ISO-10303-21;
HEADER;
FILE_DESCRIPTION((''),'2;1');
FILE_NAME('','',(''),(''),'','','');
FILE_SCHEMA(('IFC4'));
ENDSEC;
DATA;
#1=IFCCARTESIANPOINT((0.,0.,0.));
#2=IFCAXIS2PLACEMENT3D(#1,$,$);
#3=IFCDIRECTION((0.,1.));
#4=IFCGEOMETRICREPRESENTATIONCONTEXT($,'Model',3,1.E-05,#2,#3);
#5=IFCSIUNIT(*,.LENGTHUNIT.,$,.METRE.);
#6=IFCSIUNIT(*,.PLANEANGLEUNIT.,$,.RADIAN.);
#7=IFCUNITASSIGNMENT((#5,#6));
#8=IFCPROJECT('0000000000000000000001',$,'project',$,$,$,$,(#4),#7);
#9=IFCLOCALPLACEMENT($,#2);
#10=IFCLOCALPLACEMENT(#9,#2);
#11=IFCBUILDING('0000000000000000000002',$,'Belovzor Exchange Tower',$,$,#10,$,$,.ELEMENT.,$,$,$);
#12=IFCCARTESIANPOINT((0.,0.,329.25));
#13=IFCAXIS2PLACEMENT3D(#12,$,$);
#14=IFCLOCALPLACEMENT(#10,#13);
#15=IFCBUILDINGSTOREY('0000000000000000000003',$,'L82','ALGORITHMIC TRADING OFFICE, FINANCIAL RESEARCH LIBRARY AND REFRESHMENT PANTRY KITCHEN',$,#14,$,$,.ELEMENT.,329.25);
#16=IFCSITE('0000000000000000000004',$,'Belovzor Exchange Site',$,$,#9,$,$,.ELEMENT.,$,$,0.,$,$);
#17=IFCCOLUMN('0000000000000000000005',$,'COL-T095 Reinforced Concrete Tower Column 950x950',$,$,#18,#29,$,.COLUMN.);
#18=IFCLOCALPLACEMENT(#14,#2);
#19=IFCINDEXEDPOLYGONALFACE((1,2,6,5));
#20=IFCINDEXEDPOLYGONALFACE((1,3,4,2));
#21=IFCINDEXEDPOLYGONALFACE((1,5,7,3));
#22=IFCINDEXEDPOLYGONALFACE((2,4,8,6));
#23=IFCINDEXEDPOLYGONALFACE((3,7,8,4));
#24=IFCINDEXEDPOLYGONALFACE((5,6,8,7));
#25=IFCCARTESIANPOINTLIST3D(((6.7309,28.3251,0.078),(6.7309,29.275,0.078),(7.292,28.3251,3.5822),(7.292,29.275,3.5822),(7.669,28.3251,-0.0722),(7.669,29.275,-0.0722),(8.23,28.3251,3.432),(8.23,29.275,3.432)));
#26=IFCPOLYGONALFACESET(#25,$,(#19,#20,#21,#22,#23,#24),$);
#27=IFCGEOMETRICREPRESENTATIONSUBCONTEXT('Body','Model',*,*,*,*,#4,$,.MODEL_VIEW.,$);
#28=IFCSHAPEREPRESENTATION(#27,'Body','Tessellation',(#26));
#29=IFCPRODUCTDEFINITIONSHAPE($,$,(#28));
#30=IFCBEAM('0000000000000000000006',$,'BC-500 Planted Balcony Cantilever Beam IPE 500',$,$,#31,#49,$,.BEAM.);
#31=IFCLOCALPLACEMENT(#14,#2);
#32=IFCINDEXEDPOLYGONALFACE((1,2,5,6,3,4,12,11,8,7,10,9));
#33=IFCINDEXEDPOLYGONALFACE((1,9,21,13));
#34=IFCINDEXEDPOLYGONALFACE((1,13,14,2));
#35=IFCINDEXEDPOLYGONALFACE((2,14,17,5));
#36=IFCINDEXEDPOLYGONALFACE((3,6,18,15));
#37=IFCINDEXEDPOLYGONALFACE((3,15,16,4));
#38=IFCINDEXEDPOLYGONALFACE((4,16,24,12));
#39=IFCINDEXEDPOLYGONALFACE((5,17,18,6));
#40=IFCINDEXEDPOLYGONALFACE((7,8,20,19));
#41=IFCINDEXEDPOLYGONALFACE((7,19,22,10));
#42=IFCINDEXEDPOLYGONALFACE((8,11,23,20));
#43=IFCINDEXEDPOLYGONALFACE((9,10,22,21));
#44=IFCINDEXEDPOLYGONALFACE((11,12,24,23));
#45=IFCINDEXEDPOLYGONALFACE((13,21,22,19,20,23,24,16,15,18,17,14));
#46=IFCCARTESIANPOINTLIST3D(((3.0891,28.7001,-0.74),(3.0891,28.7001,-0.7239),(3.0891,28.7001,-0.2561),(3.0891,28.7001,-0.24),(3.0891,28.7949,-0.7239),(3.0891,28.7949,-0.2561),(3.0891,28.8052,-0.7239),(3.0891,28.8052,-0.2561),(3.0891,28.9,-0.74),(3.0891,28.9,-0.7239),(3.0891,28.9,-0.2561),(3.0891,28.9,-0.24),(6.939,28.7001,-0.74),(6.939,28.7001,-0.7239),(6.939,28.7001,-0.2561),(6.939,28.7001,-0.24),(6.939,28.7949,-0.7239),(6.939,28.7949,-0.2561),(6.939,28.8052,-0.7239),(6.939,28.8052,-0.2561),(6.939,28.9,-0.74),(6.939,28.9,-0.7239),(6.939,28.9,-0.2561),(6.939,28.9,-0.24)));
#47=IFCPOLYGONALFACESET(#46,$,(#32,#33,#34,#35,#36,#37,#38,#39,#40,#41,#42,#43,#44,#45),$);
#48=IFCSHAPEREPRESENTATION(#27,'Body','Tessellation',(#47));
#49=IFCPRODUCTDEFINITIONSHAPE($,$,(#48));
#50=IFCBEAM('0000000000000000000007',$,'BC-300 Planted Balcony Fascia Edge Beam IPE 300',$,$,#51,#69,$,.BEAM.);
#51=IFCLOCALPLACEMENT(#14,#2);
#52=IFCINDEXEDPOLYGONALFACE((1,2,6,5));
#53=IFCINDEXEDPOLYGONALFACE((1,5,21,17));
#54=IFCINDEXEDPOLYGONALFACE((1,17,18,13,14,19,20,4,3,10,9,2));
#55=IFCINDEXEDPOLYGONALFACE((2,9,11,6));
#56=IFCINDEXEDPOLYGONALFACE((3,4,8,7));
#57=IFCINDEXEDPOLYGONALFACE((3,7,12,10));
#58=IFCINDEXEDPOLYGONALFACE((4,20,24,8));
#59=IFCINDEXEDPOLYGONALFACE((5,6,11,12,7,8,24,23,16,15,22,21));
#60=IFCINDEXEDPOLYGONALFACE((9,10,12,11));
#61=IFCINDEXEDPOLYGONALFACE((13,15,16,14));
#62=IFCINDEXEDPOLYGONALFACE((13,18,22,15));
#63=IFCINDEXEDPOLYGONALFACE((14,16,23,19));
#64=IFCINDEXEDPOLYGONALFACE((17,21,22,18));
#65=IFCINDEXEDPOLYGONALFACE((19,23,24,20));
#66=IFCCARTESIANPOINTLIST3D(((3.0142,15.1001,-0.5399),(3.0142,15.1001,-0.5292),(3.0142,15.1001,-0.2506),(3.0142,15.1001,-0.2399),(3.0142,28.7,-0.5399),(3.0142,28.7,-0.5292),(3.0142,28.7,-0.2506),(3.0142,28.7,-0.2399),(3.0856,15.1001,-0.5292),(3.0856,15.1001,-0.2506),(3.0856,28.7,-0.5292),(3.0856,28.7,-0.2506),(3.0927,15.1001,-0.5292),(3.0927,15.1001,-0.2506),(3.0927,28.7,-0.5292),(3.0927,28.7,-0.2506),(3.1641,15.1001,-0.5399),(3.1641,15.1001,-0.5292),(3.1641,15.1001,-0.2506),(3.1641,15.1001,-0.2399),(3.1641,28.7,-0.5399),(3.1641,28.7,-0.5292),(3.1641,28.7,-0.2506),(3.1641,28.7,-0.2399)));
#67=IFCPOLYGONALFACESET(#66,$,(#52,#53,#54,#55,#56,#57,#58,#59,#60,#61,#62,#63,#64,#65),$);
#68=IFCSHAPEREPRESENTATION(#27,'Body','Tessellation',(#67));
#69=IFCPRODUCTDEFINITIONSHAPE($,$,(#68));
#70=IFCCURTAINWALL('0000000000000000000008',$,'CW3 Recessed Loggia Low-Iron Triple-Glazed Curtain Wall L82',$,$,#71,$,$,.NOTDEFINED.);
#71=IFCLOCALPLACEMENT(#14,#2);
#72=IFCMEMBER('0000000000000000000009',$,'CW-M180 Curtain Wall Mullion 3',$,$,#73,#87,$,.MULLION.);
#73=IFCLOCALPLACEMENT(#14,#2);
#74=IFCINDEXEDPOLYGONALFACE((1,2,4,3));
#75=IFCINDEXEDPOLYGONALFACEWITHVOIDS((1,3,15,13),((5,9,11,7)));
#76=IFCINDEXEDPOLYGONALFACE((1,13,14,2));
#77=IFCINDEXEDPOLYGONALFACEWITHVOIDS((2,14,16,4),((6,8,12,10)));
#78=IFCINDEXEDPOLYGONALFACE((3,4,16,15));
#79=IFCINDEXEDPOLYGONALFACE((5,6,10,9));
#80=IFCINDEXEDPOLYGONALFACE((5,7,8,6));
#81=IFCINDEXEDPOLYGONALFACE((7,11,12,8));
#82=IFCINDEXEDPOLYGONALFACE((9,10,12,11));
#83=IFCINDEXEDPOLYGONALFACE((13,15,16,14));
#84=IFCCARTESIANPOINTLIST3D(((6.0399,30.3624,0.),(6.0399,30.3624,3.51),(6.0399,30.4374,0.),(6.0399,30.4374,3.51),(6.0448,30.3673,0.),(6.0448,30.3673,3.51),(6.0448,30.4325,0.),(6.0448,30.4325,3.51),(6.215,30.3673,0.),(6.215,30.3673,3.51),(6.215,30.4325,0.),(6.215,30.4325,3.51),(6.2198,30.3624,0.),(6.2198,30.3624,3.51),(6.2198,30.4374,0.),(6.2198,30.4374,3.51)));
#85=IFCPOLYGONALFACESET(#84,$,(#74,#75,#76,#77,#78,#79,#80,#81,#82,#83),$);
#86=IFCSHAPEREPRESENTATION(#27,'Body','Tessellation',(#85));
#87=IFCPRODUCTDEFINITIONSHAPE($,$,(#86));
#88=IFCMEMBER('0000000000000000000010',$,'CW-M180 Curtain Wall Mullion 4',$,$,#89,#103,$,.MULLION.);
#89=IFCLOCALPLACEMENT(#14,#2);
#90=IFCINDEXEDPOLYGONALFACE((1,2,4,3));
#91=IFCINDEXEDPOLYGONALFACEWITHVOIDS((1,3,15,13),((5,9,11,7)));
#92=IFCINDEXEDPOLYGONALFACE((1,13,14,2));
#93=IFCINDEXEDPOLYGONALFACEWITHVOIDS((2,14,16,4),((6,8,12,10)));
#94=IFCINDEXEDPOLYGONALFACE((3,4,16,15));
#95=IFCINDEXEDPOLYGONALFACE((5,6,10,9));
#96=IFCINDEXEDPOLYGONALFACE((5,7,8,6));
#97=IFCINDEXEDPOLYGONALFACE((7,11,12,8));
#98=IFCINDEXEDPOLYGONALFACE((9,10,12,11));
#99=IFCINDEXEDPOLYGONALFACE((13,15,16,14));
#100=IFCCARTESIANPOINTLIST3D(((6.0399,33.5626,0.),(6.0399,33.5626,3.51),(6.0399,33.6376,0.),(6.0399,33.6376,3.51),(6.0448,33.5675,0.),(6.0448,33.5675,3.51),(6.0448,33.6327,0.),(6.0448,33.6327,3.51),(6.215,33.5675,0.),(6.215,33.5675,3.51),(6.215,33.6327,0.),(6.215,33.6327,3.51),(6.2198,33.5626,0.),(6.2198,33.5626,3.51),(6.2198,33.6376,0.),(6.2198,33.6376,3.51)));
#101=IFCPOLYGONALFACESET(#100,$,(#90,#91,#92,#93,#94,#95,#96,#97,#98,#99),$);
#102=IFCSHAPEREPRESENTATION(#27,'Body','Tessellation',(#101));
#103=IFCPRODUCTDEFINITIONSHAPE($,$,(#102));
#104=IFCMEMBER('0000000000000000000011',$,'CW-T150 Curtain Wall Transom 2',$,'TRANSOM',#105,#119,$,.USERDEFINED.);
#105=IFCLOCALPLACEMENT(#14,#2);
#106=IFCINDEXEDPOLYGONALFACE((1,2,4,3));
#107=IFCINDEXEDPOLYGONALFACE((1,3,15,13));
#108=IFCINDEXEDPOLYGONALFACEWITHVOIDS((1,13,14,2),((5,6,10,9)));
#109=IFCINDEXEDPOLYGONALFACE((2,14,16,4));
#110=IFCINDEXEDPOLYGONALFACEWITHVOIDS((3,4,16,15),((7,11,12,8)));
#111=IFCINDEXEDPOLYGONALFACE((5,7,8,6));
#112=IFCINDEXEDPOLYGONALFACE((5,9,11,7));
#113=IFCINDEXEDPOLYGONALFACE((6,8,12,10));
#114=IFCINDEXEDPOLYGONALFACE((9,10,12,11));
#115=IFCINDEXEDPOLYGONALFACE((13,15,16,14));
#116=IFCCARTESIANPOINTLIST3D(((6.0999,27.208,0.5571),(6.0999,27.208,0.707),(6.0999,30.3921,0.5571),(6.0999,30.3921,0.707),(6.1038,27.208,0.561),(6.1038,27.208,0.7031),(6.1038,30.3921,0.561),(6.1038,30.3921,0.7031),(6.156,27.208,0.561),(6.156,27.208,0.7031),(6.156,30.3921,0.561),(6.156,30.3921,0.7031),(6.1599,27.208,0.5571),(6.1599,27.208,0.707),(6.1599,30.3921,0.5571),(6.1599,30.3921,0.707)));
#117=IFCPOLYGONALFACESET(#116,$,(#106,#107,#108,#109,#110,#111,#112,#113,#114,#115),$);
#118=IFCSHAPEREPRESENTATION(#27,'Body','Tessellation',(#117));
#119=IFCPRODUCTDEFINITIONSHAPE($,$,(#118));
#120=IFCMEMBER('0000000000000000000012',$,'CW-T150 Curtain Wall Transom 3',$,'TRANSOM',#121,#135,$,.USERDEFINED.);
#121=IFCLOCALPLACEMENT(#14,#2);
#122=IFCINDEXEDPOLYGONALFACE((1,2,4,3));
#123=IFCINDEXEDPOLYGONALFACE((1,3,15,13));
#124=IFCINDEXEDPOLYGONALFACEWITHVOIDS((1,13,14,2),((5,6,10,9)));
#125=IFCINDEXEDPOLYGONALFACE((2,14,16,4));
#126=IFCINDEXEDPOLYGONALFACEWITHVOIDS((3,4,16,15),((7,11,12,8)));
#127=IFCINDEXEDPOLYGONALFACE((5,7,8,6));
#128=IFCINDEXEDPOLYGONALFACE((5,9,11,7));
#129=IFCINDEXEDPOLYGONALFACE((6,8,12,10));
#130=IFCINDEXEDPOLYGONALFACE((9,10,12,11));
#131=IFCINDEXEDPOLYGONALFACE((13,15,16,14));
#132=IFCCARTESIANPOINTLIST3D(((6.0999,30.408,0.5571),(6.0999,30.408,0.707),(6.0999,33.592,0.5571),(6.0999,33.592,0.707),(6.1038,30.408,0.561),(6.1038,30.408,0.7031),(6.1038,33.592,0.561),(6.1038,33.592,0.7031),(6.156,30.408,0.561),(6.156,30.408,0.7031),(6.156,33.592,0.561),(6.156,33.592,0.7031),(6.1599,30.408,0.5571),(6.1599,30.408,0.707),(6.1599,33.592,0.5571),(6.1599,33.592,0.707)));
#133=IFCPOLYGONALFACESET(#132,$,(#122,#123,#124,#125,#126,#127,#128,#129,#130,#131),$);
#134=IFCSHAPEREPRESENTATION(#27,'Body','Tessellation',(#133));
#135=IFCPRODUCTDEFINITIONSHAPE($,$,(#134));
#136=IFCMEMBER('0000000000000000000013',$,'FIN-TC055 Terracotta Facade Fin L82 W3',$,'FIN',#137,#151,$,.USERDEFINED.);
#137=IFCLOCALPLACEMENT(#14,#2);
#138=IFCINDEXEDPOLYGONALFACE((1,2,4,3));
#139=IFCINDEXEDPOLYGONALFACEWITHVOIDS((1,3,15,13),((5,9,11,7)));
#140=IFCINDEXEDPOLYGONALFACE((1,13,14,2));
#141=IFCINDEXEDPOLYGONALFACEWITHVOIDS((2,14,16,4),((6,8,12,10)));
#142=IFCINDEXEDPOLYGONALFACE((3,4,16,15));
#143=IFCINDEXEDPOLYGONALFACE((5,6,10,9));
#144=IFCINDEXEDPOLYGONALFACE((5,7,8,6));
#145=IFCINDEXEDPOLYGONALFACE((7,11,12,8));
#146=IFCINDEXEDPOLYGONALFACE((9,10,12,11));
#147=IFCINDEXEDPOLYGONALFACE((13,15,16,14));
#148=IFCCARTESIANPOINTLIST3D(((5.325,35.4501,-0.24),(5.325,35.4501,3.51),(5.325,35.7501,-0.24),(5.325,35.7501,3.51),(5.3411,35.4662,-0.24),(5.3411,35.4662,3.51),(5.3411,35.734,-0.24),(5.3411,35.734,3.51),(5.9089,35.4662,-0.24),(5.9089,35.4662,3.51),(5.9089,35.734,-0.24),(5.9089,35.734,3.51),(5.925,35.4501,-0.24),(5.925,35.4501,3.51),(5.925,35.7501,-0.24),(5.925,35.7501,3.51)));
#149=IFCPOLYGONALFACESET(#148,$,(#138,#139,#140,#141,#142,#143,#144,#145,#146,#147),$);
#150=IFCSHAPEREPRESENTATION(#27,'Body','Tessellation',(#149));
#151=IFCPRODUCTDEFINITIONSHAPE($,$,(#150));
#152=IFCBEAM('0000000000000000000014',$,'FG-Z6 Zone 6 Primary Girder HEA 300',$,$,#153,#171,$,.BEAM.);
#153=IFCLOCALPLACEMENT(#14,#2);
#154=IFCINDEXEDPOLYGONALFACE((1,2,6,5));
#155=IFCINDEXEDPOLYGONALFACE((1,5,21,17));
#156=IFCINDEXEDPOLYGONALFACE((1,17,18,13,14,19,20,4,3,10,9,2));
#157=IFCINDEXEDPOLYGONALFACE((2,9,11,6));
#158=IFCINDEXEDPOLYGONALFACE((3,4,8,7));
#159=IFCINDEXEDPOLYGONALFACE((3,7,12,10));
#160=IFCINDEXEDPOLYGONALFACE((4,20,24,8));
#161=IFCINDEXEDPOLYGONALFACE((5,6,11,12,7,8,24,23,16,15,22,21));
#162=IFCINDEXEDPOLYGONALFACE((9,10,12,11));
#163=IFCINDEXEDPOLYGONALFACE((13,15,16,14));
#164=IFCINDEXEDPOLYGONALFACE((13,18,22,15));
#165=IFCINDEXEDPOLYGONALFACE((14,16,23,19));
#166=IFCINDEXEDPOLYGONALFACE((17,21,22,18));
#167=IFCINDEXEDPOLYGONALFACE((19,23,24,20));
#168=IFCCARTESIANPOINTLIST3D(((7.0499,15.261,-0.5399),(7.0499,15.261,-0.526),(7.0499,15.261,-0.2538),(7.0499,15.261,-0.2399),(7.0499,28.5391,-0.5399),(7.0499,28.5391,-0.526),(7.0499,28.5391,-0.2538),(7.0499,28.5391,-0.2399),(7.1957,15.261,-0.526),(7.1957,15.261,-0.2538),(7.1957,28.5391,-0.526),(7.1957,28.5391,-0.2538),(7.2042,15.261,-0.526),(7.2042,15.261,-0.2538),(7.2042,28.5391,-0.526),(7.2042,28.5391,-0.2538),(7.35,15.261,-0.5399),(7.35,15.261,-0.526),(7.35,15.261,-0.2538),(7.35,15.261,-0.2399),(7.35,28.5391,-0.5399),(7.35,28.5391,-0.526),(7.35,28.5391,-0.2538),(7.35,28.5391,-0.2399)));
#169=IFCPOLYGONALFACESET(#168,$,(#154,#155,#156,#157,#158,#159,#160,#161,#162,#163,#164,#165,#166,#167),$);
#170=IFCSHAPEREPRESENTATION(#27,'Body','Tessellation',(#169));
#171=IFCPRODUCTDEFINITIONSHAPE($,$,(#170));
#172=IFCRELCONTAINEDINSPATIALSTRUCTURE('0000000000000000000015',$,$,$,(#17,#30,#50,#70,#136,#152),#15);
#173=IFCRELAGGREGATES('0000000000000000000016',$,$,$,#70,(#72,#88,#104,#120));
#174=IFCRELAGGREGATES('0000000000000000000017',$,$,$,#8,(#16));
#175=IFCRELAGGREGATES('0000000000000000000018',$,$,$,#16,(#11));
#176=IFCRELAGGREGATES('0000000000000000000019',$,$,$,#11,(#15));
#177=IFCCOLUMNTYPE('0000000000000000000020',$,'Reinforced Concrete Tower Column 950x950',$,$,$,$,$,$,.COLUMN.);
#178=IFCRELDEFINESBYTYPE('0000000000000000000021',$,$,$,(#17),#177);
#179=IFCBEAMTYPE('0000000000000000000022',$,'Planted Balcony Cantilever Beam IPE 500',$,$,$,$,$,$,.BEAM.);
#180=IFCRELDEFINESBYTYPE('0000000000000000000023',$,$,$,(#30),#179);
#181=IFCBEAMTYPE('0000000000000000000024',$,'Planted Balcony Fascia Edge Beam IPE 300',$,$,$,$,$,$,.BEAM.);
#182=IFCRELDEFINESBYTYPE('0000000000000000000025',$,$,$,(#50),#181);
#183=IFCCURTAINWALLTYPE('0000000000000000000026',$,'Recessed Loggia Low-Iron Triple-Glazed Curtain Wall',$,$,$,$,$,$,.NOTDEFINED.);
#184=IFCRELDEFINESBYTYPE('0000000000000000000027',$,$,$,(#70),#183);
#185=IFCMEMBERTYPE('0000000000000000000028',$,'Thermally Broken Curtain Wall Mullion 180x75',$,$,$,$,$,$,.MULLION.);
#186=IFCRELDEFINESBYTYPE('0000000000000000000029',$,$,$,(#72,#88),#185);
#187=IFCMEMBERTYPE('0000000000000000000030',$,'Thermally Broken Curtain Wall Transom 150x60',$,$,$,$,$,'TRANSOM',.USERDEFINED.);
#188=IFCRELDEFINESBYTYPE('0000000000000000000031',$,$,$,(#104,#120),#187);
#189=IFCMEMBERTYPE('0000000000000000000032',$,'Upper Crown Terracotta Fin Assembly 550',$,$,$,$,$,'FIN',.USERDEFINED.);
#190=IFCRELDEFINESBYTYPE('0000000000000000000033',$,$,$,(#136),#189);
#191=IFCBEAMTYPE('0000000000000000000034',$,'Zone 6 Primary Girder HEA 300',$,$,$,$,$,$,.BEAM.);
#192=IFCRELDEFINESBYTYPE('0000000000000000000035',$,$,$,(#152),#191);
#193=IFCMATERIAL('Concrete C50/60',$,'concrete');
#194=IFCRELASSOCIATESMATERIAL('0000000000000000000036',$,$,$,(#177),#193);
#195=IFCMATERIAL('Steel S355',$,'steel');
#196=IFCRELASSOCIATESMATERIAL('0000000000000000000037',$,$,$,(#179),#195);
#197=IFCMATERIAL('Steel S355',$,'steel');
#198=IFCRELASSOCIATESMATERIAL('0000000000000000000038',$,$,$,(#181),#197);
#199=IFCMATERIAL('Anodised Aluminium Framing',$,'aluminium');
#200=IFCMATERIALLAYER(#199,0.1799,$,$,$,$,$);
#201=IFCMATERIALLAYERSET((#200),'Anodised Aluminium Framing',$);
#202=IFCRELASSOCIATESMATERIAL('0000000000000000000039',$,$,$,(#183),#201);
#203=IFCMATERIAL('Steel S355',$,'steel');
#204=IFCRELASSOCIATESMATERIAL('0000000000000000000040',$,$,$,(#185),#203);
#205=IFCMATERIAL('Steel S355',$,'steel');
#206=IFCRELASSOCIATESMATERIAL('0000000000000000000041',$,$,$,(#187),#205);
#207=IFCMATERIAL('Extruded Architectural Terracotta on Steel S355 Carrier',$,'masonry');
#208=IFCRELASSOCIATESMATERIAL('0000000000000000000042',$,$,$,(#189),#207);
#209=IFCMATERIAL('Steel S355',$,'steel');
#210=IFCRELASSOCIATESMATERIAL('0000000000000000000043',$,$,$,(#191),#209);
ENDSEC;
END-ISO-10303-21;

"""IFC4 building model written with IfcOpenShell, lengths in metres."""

from ifc_helpers import new_model, si_unit, direction, frame, origin, origin_2d, place, context, subcontext, project, spatial, rectangle, hollow_rectangle, i_section, extrude, material, layer, layer_set, material_profile, profile_set, type_object, element, aggregate, save


model = new_model("IFC4")

# Units and contexts
model_context = context("Model", 3, precision=1e-05, world=origin(), true_north=direction((0.0, 1.0)))
body_context = subcontext(model_context, "Body", "Model", "MODEL_VIEW")
ifc_project = project(units=[si_unit("LENGTHUNIT", "METRE"), si_unit("PLANEANGLEUNIT", "RADIAN")], contexts=[model_context])

# Site, building, storey
site_placement = place(None, origin())
site = spatial("IfcSite", under=ifc_project, at=site_placement, Name="Belovzor Exchange Site", CompositionType="ELEMENT", RefElevation=0.0)
building_placement = place(site_placement, origin())
building = spatial("IfcBuilding", under=site, at=building_placement, Name="Belovzor Exchange Tower", CompositionType="ELEMENT")
storey_placement = place(building_placement, frame((0.0, 0.0, 329.25)))
storey = spatial("IfcBuildingStorey", under=building, at=storey_placement, Name="L82", Description="ALGORITHMIC TRADING OFFICE, FINANCIAL RESEARCH LIBRARY AND REFRESHMENT PANTRY KITCHEN", CompositionType="ELEMENT", Elevation=329.25)

# Column
ifc_material_1 = material(Name="Concrete C50/60", Category="concrete")
ifc_material_profile_1 = material_profile(ifc_material_1, rectangle(XDim=0.95, YDim=0.95, at=origin_2d()))
ifc_profile_set_1 = profile_set([ifc_material_profile_1], Name="Concrete C50/60")
column_type = type_object("IfcColumnType", Name="Reinforced Concrete Tower Column 950x950", PredefinedType="COLUMN", material=ifc_profile_set_1)
column_placement = place(storey_placement, frame((7.2, 28.8, 0.0029), z_axis=(0.158092, 0.0, 0.987424), x_axis=(0.0, 1.0, 0.0)))
element("IfcColumn", 1, at=column_placement, inside=storey, type_object=column_type, Name="COL-T095 Reinforced Concrete Tower Column 950x950", PredefinedType="COLUMN", context=body_context, shape_type="SweptSolid", body=[
    extrude(rectangle(XDim=0.95, YDim=0.95, at=origin_2d()), origin(), (0.0, 0.0, 1.0), 3.5488),
])

# Beams
ifc_material_2 = material(Name="Steel S355", Category="steel")
ifc_material_profile_2 = material_profile(ifc_material_2, i_section(OverallWidth=0.2, OverallDepth=0.5, WebThickness=0.0103, FlangeThickness=0.0161, at=origin_2d()))
ifc_profile_set_2 = profile_set([ifc_material_profile_2], Name="Steel S355")
beam_type_1 = type_object("IfcBeamType", Name="Planted Balcony Cantilever Beam IPE 500", PredefinedType="BEAM", material=ifc_profile_set_2)
beam_1_placement = place(storey_placement, frame((6.939, 28.8, -0.49), z_axis=(-1.0, 0.0, 0.0), x_axis=(0.0, -1.0, 0.0)))
element("IfcBeam", 2, at=beam_1_placement, inside=storey, type_object=beam_type_1, Name="BC-500 Planted Balcony Cantilever Beam IPE 500", PredefinedType="BEAM", context=body_context, shape_type="SweptSolid", body=[
    extrude(i_section(OverallWidth=0.2, OverallDepth=0.5, WebThickness=0.0103, FlangeThickness=0.0161, at=origin_2d()), origin(), (0.0, 0.0, 1.0), 3.8499),
])
ifc_material_3 = material(Name="Steel S355", Category="steel")
ifc_material_profile_3 = material_profile(ifc_material_3, i_section(OverallWidth=0.1499, OverallDepth=0.3, WebThickness=0.0071, FlangeThickness=0.0107, at=origin_2d()))
ifc_profile_set_3 = profile_set([ifc_material_profile_3], Name="Steel S355")
beam_type_2 = type_object("IfcBeamType", Name="Planted Balcony Fascia Edge Beam IPE 300", PredefinedType="BEAM", material=ifc_profile_set_3)
beam_2_placement = place(storey_placement, frame((3.0891, 28.7, -0.3899), z_axis=(0.0, -1.0, 0.0), x_axis=(1.0, 0.0, 0.0)))
element("IfcBeam", 3, at=beam_2_placement, inside=storey, type_object=beam_type_2, Name="BC-300 Planted Balcony Fascia Edge Beam IPE 300", PredefinedType="BEAM", context=body_context, shape_type="SweptSolid", body=[
    extrude(i_section(OverallWidth=0.1499, OverallDepth=0.3, WebThickness=0.0071, FlangeThickness=0.0107, at=origin_2d()), origin(), (0.0, 0.0, 1.0), 13.5999),
])

# Curtain wall, members
ifc_material_4 = material(Name="Anodised Aluminium Framing", Category="aluminium")
ifc_layer_1 = layer(ifc_material_4, 0.1799)
ifc_layer_set_1 = layer_set([ifc_layer_1], Name="Anodised Aluminium Framing")
curtain_wall_type = type_object("IfcCurtainWallType", Name="Recessed Loggia Low-Iron Triple-Glazed Curtain Wall", PredefinedType="NOTDEFINED", material=ifc_layer_set_1)
curtain_wall_placement = place(storey_placement, origin())
curtain_wall = element("IfcCurtainWall", 4, at=curtain_wall_placement, inside=storey, type_object=curtain_wall_type, Name="CW3 Recessed Loggia Low-Iron Triple-Glazed Curtain Wall L82", PredefinedType="NOTDEFINED")
ifc_material_5 = material(Name="Steel S355", Category="steel")
ifc_material_profile_4 = material_profile(ifc_material_5, hollow_rectangle(XDim=0.075, YDim=0.1799, WallThickness=0.0049, at=origin_2d()))
ifc_profile_set_4 = profile_set([ifc_material_profile_4], Name="Steel S355")
member_type_1 = type_object("IfcMemberType", Name="Thermally Broken Curtain Wall Mullion 180x75", PredefinedType="MULLION", material=ifc_profile_set_4)
member_1_placement = place(storey_placement, frame((6.1299, 30.3999, 0.0), z_axis=(0.0, 0.0, 1.0), x_axis=(0.0, 1.0, 0.0)))
member_1 = element("IfcMember", 5, at=member_1_placement, type_object=member_type_1, Name="CW-M180 Curtain Wall Mullion 3", PredefinedType="MULLION", context=body_context, shape_type="SweptSolid", body=[
    extrude(hollow_rectangle(XDim=0.075, YDim=0.1799, WallThickness=0.0049, at=origin_2d()), origin(), (0.0, 0.0, 1.0), 3.51),
])
member_2_placement = place(storey_placement, frame((6.1299, 33.6001, 0.0), z_axis=(0.0, 0.0, 1.0), x_axis=(0.0, 1.0, 0.0)))
member_2 = element("IfcMember", 6, at=member_2_placement, type_object=member_type_1, Name="CW-M180 Curtain Wall Mullion 4", PredefinedType="MULLION", context=body_context, shape_type="SweptSolid", body=[
    extrude(hollow_rectangle(XDim=0.075, YDim=0.1799, WallThickness=0.0049, at=origin_2d()), origin(), (0.0, 0.0, 1.0), 3.51),
])
ifc_material_6 = material(Name="Steel S355", Category="steel")
ifc_material_profile_5 = material_profile(ifc_material_6, hollow_rectangle(XDim=0.0601, YDim=0.1499, WallThickness=0.0039, at=origin_2d()))
ifc_profile_set_5 = profile_set([ifc_material_profile_5], Name="Steel S355")
member_type_2 = type_object("IfcMemberType", Name="Thermally Broken Curtain Wall Transom 150x60", ElementType="TRANSOM", PredefinedType="USERDEFINED", material=ifc_profile_set_5)
member_3_placement = place(storey_placement, frame((6.1299, 27.208, 0.6321), z_axis=(0.0, 1.0, 0.0), x_axis=(-1.0, 0.0, 0.0)))
member_3 = element("IfcMember", 7, at=member_3_placement, type_object=member_type_2, Name="CW-T150 Curtain Wall Transom 2", ObjectType="TRANSOM", PredefinedType="USERDEFINED", context=body_context, shape_type="SweptSolid", body=[
    extrude(hollow_rectangle(XDim=0.0601, YDim=0.1499, WallThickness=0.0039, at=origin_2d()), origin(), (0.0, 0.0, 1.0), 3.1841),
])
member_4_placement = place(storey_placement, frame((6.1299, 30.408, 0.6321), z_axis=(0.0, 1.0, 0.0), x_axis=(-1.0, 0.0, 0.0)))
member_4 = element("IfcMember", 8, at=member_4_placement, type_object=member_type_2, Name="CW-T150 Curtain Wall Transom 3", ObjectType="TRANSOM", PredefinedType="USERDEFINED", context=body_context, shape_type="SweptSolid", body=[
    extrude(hollow_rectangle(XDim=0.0601, YDim=0.1499, WallThickness=0.0039, at=origin_2d()), origin(), (0.0, 0.0, 1.0), 3.1841),
])

# Member
ifc_material_7 = material(Name="Extruded Architectural Terracotta on Steel S355 Carrier", Category="masonry")
ifc_material_profile_6 = material_profile(ifc_material_7, hollow_rectangle(XDim=0.3, YDim=0.6001, WallThickness=0.0161, at=origin_2d()))
ifc_profile_set_6 = profile_set([ifc_material_profile_6], Name="Extruded Architectural Terracotta on Steel S355 Carrier")
member_type_3 = type_object("IfcMemberType", Name="Upper Crown Terracotta Fin Assembly 550", ElementType="FIN", PredefinedType="USERDEFINED", material=ifc_profile_set_6)
member_5_placement = place(storey_placement, frame((5.625, 35.6001, -0.24), z_axis=(0.0, 0.0, 1.0), x_axis=(0.0, 1.0, 0.0)))
element("IfcMember", 9, at=member_5_placement, inside=storey, type_object=member_type_3, Name="FIN-TC055 Terracotta Facade Fin L82 W3", ObjectType="FIN", PredefinedType="USERDEFINED", context=body_context, shape_type="SweptSolid", body=[
    extrude(hollow_rectangle(XDim=0.3, YDim=0.6001, WallThickness=0.0161, at=origin_2d()), origin(), (0.0, 0.0, 1.0), 3.75),
])

# Beam
ifc_material_8 = material(Name="Steel S355", Category="steel")
ifc_material_profile_7 = material_profile(ifc_material_8, i_section(OverallWidth=0.3, OverallDepth=0.3, WebThickness=0.0085, FlangeThickness=0.0139, at=origin_2d()))
ifc_profile_set_7 = profile_set([ifc_material_profile_7], Name="Steel S355")
beam_type_3 = type_object("IfcBeamType", Name="Zone 6 Primary Girder HEA 300", PredefinedType="BEAM", material=ifc_profile_set_7)
beam_3_placement = place(storey_placement, frame((7.2, 28.5391, -0.3899), z_axis=(0.0, -1.0, 0.0), x_axis=(1.0, 0.0, 0.0)))
element("IfcBeam", 10, at=beam_3_placement, inside=storey, type_object=beam_type_3, Name="FG-Z6 Zone 6 Primary Girder HEA 300", PredefinedType="BEAM", context=body_context, shape_type="SweptSolid", body=[
    extrude(i_section(OverallWidth=0.3, OverallDepth=0.3, WebThickness=0.0085, FlangeThickness=0.0139, at=origin_2d()), origin(), (0.0, 0.0, 1.0), 13.2781),
])

aggregate(curtain_wall, [member_1, member_2, member_3, member_4])

save(model, "model.ifc")
